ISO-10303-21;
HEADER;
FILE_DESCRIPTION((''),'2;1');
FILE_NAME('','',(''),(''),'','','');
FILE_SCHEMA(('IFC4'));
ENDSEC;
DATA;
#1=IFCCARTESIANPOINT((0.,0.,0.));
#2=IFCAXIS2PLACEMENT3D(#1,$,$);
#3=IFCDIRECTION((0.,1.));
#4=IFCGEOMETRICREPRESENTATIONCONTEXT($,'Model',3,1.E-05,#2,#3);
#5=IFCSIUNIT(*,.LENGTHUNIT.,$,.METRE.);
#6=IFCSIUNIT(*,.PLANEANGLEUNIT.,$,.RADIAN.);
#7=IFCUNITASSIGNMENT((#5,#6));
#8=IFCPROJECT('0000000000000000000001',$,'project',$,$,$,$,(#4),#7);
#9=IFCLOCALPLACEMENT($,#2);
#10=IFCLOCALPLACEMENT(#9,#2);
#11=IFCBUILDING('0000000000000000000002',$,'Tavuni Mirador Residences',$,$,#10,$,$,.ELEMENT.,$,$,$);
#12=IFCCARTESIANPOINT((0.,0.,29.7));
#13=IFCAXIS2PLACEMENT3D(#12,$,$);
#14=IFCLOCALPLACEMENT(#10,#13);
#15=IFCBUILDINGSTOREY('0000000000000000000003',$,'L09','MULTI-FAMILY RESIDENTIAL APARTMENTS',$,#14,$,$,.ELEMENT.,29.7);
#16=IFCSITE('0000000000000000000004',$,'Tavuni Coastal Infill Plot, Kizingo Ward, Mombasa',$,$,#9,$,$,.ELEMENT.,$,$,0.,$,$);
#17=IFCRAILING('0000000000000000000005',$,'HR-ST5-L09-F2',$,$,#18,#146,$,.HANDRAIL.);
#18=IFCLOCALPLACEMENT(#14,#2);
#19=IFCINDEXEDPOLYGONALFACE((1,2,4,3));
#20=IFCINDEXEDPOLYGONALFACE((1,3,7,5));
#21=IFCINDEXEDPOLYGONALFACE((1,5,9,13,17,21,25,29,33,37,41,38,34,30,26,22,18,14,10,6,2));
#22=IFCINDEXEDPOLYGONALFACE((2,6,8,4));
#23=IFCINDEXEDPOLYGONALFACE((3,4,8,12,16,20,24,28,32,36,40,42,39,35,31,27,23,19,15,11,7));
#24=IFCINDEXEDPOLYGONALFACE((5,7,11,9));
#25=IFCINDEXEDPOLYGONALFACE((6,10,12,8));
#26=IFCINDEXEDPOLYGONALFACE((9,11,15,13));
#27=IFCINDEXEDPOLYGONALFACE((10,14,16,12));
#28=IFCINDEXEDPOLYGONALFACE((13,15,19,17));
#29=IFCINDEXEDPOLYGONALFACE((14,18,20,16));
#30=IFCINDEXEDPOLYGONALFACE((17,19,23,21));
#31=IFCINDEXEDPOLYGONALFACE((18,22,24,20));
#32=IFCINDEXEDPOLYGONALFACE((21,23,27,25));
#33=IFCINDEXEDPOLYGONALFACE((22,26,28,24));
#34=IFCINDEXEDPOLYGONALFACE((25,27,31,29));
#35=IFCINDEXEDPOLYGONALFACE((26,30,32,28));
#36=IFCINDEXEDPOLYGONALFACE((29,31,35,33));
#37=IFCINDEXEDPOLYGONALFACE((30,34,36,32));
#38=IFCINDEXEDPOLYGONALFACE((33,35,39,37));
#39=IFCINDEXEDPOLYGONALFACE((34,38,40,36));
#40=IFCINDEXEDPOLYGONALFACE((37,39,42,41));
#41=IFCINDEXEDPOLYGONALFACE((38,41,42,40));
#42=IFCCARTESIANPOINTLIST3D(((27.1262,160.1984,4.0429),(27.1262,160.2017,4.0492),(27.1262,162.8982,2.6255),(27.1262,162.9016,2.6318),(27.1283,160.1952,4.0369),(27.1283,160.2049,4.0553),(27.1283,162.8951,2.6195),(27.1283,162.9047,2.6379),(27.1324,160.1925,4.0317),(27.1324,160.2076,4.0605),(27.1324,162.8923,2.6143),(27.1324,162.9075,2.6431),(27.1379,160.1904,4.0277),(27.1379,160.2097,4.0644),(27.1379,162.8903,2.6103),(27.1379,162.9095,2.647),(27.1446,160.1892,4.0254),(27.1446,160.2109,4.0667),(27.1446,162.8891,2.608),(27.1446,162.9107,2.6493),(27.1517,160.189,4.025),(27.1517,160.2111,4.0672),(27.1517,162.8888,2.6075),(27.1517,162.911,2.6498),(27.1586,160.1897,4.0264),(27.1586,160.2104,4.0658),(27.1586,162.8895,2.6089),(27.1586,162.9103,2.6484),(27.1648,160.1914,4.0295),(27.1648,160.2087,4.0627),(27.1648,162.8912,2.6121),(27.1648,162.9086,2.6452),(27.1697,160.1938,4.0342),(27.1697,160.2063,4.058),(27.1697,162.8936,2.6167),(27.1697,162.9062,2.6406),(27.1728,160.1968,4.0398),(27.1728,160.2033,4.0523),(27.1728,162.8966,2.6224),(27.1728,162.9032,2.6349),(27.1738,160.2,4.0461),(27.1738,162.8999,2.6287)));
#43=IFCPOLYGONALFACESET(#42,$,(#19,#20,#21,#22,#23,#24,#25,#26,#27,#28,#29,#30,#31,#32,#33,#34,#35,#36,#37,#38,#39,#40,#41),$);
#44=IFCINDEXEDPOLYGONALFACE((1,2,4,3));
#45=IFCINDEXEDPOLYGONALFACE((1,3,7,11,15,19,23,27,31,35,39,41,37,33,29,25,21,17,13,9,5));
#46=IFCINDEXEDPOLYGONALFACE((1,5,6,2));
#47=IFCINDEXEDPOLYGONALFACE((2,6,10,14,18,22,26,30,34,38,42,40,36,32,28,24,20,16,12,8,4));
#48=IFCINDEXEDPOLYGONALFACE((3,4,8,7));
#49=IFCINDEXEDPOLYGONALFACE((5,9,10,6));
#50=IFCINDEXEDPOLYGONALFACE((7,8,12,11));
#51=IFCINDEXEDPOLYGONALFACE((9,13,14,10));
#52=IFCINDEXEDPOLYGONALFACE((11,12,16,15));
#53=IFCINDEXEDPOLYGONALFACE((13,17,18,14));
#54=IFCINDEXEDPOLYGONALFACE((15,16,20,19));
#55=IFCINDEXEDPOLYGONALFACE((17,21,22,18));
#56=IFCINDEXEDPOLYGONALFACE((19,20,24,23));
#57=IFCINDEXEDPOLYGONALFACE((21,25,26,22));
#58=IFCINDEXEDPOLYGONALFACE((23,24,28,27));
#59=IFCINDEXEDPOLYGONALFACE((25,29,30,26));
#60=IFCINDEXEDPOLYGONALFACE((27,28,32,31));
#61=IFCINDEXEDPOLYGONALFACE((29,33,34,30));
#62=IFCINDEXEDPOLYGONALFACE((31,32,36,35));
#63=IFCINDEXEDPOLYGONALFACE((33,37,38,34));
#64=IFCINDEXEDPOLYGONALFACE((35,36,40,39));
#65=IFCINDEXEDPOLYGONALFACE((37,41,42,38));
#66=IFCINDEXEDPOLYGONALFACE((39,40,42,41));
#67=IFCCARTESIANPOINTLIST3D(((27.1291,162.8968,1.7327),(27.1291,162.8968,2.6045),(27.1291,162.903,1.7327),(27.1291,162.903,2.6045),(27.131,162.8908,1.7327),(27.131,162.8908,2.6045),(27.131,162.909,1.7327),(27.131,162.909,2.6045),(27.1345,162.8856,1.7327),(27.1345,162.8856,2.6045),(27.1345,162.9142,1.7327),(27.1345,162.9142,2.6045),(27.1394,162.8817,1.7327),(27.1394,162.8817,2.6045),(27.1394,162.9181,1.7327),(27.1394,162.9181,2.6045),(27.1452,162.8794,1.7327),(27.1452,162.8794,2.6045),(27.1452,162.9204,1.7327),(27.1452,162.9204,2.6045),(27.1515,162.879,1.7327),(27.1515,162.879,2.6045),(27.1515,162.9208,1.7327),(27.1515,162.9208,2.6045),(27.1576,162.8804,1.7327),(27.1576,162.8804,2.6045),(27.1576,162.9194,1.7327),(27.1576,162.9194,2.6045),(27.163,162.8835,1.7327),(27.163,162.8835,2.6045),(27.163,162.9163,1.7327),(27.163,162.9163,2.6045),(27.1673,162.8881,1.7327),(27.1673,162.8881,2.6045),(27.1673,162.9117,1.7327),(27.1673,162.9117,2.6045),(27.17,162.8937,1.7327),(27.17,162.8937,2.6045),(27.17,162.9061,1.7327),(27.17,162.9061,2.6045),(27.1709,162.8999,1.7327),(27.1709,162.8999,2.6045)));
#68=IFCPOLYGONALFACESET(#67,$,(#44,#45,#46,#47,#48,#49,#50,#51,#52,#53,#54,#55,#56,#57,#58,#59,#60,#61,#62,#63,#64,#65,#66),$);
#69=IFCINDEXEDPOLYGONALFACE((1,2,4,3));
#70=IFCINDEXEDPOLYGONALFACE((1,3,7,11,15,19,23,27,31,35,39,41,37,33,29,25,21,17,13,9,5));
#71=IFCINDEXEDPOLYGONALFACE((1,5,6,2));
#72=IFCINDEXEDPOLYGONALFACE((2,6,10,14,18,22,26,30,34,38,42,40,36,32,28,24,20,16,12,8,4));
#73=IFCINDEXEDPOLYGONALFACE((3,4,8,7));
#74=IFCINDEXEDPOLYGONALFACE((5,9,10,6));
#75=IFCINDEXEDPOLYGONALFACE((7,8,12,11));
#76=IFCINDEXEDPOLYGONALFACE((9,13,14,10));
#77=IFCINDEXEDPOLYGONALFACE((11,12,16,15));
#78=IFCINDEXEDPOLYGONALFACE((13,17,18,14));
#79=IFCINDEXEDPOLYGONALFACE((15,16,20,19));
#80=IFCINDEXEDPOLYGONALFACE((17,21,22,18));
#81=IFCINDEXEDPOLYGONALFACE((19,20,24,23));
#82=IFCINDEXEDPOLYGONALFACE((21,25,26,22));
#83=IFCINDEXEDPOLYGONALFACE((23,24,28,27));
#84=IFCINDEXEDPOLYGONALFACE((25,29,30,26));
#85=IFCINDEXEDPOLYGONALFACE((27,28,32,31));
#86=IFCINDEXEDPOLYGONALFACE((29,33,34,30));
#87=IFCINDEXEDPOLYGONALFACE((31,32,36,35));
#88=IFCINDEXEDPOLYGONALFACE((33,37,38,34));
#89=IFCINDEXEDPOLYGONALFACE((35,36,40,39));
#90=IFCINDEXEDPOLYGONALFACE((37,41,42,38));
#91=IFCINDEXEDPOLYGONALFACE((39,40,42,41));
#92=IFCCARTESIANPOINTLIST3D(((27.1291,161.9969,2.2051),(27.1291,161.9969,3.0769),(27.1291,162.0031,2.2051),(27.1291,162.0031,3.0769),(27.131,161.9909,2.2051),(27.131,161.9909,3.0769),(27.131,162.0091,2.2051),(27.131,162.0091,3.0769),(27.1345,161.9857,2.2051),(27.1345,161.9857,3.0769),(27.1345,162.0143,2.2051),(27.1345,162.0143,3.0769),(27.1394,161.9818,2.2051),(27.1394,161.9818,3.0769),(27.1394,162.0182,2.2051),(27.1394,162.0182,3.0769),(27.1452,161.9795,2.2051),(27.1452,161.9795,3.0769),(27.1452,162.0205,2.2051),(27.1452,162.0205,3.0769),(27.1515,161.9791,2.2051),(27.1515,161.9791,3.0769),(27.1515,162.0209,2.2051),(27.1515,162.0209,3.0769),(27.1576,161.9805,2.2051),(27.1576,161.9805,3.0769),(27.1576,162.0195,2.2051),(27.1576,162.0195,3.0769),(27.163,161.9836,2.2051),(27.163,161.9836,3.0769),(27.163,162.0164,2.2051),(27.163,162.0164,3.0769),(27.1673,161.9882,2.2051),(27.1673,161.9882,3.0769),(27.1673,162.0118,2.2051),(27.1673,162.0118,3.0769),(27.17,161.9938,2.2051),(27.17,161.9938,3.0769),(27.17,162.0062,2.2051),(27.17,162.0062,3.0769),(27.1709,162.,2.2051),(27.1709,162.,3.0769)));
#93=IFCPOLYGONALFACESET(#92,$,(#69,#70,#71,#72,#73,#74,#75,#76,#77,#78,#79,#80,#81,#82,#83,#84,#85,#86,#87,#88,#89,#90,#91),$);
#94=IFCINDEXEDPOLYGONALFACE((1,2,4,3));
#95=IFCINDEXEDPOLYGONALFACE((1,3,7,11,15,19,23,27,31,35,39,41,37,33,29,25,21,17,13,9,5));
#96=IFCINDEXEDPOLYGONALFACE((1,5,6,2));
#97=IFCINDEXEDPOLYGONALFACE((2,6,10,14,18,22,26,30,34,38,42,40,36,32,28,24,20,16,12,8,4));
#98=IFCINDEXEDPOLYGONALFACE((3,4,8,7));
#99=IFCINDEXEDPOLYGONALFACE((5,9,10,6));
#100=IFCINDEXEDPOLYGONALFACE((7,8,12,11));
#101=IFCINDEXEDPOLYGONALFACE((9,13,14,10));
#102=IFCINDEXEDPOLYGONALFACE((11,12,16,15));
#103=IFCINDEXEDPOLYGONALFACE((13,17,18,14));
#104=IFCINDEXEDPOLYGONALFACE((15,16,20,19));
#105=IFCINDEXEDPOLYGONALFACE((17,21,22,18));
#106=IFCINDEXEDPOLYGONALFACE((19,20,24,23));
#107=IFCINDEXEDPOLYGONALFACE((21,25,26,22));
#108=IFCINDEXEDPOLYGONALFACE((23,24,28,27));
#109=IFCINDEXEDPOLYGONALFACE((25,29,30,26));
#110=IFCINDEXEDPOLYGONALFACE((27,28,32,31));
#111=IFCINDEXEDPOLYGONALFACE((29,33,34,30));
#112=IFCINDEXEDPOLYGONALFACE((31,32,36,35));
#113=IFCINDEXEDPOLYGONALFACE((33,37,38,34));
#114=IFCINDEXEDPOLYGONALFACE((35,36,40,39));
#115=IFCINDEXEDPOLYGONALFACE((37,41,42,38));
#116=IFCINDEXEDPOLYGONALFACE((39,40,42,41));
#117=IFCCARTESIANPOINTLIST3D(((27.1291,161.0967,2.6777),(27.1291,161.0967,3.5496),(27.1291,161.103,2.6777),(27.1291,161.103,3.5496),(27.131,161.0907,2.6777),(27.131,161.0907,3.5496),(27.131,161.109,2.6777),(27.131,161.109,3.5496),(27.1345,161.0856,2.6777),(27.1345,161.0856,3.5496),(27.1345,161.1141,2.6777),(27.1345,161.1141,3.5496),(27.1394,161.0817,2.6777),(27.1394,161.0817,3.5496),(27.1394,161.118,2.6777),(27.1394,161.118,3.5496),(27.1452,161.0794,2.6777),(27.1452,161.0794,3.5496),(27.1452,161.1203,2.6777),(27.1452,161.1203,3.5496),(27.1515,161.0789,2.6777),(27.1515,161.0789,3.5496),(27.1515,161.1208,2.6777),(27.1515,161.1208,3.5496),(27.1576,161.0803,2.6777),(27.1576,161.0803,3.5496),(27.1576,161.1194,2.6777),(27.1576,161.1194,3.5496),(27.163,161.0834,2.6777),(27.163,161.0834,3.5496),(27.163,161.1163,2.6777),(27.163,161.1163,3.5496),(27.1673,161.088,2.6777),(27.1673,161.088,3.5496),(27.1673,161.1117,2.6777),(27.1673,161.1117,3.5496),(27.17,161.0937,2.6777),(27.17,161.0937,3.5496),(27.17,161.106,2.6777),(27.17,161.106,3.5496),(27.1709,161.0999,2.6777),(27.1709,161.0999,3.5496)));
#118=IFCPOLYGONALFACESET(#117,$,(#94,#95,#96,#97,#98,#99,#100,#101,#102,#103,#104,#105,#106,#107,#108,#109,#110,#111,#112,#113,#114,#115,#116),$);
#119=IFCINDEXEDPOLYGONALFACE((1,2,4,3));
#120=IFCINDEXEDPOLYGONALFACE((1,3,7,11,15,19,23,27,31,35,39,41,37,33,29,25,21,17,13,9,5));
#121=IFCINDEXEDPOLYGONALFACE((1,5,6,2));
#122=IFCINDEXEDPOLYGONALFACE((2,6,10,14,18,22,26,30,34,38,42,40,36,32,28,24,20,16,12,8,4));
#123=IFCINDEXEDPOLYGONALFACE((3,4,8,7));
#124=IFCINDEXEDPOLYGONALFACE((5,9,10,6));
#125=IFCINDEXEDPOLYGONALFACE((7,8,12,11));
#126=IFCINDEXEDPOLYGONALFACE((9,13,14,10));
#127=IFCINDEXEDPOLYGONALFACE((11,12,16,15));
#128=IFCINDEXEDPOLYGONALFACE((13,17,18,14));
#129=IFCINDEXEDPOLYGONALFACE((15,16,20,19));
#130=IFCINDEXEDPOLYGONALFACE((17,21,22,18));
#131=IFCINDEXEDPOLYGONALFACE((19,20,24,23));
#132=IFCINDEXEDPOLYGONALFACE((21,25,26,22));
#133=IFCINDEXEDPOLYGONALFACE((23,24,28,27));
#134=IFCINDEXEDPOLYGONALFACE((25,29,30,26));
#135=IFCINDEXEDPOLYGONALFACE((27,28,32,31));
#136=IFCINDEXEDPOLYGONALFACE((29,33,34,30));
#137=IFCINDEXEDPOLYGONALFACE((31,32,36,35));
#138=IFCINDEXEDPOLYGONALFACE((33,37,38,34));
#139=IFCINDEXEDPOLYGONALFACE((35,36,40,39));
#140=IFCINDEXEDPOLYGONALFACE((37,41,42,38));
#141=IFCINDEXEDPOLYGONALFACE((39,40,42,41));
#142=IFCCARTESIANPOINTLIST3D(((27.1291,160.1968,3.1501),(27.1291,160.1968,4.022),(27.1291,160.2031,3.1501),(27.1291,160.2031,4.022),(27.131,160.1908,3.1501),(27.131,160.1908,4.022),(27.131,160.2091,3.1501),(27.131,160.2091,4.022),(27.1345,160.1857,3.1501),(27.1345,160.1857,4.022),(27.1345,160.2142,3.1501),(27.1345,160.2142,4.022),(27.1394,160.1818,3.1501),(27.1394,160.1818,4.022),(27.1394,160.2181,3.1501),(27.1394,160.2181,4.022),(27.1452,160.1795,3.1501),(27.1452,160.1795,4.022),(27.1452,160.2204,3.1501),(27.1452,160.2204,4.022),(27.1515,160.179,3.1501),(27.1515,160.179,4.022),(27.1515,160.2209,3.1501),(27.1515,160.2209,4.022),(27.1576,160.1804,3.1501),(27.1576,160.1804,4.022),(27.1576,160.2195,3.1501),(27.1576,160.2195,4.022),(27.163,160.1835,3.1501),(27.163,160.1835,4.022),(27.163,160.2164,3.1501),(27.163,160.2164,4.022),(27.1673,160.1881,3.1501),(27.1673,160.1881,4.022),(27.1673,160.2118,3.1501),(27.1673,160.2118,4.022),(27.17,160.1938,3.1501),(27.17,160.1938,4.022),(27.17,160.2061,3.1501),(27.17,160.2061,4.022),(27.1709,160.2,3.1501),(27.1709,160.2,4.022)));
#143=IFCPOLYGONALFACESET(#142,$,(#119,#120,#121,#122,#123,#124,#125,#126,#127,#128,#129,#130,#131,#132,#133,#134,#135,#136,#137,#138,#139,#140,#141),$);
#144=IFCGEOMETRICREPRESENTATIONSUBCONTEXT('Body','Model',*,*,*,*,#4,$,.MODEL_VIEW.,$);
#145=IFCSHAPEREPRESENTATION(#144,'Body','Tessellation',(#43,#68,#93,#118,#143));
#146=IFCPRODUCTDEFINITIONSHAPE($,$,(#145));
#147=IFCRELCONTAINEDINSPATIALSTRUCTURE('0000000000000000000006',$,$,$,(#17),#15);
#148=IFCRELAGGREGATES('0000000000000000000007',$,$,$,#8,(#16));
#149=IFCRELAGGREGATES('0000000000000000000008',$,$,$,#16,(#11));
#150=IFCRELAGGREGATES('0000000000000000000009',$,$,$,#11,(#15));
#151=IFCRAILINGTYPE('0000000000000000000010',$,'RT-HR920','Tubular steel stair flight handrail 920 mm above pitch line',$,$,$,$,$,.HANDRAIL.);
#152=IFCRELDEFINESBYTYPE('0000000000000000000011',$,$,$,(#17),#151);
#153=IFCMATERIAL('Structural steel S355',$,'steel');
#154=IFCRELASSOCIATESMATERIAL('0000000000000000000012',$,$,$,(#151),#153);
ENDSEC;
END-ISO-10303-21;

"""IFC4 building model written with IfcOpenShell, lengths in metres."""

from ifc_helpers import new_model, si_unit, direction, frame, origin, origin_2d, place, context, subcontext, project, spatial, circle, extrude, material, type_object, element, save


model = new_model("IFC4")

# Units and contexts
model_context = context("Model", 3, precision=1e-05, world=origin(), true_north=direction((0.0, 1.0)))
body_context = subcontext(model_context, "Body", "Model", "MODEL_VIEW")
ifc_project = project(units=[si_unit("LENGTHUNIT", "METRE"), si_unit("PLANEANGLEUNIT", "RADIAN")], contexts=[model_context])

# Site, building, storey
site_placement = place(None, origin())
site = spatial("IfcSite", under=ifc_project, at=site_placement, Name="Tavuni Coastal Infill Plot, Kizingo Ward, Mombasa", CompositionType="ELEMENT", RefElevation=0.0)
building_placement = place(site_placement, origin())
building = spatial("IfcBuilding", under=site, at=building_placement, Name="Tavuni Mirador Residences", CompositionType="ELEMENT")
storey_placement = place(building_placement, frame((0.0, 0.0, 29.7)))
storey = spatial("IfcBuildingStorey", under=building, at=storey_placement, Name="L09", Description="MULTI-FAMILY RESIDENTIAL APARTMENTS", CompositionType="ELEMENT", Elevation=29.7)

# Shared definitions
ifc_material_1 = material(Name="Structural steel S355", Category="steel")

# Railing
railing_type_1 = type_object("IfcRailingType", Name="RT-HR920", Description="Tubular steel stair flight handrail 920 mm above pitch line", PredefinedType="HANDRAIL", material=ifc_material_1)
railing_1_placement = place(storey_placement, frame((27.1499, 162.8999, 1.7327)))
element("IfcRailing", 1, at=railing_1_placement, inside=storey, type_object=railing_type_1, Name="HR-ST5-L09-F2", PredefinedType="HANDRAIL", context=body_context, shape_type="SweptSolid", body=[
    extrude(circle(Radius=0.0239, at=origin_2d()), frame((0.0, 0.0, 0.896), z_axis=(0.0, -0.885397, 0.464835), x_axis=(1.0, 0.0, 0.0)), (0.0, 0.0, 1.0), 3.0493),
    extrude(circle(Radius=0.021, at=origin_2d()), origin(), (0.0, 0.0, 1.0), 0.8718),
    extrude(circle(Radius=0.021, at=origin_2d()), frame((0.0, -0.8999, 0.4724)), (0.0, 0.0, 1.0), 0.8718),
    extrude(circle(Radius=0.021, at=origin_2d()), frame((0.0, -1.8, 0.9451)), (0.0, 0.0, 1.0), 0.8718),
    extrude(circle(Radius=0.021, at=origin_2d()), frame((0.0, -2.7, 1.4175)), (0.0, 0.0, 1.0), 0.8718),
])

save(model, "model.ifc")
